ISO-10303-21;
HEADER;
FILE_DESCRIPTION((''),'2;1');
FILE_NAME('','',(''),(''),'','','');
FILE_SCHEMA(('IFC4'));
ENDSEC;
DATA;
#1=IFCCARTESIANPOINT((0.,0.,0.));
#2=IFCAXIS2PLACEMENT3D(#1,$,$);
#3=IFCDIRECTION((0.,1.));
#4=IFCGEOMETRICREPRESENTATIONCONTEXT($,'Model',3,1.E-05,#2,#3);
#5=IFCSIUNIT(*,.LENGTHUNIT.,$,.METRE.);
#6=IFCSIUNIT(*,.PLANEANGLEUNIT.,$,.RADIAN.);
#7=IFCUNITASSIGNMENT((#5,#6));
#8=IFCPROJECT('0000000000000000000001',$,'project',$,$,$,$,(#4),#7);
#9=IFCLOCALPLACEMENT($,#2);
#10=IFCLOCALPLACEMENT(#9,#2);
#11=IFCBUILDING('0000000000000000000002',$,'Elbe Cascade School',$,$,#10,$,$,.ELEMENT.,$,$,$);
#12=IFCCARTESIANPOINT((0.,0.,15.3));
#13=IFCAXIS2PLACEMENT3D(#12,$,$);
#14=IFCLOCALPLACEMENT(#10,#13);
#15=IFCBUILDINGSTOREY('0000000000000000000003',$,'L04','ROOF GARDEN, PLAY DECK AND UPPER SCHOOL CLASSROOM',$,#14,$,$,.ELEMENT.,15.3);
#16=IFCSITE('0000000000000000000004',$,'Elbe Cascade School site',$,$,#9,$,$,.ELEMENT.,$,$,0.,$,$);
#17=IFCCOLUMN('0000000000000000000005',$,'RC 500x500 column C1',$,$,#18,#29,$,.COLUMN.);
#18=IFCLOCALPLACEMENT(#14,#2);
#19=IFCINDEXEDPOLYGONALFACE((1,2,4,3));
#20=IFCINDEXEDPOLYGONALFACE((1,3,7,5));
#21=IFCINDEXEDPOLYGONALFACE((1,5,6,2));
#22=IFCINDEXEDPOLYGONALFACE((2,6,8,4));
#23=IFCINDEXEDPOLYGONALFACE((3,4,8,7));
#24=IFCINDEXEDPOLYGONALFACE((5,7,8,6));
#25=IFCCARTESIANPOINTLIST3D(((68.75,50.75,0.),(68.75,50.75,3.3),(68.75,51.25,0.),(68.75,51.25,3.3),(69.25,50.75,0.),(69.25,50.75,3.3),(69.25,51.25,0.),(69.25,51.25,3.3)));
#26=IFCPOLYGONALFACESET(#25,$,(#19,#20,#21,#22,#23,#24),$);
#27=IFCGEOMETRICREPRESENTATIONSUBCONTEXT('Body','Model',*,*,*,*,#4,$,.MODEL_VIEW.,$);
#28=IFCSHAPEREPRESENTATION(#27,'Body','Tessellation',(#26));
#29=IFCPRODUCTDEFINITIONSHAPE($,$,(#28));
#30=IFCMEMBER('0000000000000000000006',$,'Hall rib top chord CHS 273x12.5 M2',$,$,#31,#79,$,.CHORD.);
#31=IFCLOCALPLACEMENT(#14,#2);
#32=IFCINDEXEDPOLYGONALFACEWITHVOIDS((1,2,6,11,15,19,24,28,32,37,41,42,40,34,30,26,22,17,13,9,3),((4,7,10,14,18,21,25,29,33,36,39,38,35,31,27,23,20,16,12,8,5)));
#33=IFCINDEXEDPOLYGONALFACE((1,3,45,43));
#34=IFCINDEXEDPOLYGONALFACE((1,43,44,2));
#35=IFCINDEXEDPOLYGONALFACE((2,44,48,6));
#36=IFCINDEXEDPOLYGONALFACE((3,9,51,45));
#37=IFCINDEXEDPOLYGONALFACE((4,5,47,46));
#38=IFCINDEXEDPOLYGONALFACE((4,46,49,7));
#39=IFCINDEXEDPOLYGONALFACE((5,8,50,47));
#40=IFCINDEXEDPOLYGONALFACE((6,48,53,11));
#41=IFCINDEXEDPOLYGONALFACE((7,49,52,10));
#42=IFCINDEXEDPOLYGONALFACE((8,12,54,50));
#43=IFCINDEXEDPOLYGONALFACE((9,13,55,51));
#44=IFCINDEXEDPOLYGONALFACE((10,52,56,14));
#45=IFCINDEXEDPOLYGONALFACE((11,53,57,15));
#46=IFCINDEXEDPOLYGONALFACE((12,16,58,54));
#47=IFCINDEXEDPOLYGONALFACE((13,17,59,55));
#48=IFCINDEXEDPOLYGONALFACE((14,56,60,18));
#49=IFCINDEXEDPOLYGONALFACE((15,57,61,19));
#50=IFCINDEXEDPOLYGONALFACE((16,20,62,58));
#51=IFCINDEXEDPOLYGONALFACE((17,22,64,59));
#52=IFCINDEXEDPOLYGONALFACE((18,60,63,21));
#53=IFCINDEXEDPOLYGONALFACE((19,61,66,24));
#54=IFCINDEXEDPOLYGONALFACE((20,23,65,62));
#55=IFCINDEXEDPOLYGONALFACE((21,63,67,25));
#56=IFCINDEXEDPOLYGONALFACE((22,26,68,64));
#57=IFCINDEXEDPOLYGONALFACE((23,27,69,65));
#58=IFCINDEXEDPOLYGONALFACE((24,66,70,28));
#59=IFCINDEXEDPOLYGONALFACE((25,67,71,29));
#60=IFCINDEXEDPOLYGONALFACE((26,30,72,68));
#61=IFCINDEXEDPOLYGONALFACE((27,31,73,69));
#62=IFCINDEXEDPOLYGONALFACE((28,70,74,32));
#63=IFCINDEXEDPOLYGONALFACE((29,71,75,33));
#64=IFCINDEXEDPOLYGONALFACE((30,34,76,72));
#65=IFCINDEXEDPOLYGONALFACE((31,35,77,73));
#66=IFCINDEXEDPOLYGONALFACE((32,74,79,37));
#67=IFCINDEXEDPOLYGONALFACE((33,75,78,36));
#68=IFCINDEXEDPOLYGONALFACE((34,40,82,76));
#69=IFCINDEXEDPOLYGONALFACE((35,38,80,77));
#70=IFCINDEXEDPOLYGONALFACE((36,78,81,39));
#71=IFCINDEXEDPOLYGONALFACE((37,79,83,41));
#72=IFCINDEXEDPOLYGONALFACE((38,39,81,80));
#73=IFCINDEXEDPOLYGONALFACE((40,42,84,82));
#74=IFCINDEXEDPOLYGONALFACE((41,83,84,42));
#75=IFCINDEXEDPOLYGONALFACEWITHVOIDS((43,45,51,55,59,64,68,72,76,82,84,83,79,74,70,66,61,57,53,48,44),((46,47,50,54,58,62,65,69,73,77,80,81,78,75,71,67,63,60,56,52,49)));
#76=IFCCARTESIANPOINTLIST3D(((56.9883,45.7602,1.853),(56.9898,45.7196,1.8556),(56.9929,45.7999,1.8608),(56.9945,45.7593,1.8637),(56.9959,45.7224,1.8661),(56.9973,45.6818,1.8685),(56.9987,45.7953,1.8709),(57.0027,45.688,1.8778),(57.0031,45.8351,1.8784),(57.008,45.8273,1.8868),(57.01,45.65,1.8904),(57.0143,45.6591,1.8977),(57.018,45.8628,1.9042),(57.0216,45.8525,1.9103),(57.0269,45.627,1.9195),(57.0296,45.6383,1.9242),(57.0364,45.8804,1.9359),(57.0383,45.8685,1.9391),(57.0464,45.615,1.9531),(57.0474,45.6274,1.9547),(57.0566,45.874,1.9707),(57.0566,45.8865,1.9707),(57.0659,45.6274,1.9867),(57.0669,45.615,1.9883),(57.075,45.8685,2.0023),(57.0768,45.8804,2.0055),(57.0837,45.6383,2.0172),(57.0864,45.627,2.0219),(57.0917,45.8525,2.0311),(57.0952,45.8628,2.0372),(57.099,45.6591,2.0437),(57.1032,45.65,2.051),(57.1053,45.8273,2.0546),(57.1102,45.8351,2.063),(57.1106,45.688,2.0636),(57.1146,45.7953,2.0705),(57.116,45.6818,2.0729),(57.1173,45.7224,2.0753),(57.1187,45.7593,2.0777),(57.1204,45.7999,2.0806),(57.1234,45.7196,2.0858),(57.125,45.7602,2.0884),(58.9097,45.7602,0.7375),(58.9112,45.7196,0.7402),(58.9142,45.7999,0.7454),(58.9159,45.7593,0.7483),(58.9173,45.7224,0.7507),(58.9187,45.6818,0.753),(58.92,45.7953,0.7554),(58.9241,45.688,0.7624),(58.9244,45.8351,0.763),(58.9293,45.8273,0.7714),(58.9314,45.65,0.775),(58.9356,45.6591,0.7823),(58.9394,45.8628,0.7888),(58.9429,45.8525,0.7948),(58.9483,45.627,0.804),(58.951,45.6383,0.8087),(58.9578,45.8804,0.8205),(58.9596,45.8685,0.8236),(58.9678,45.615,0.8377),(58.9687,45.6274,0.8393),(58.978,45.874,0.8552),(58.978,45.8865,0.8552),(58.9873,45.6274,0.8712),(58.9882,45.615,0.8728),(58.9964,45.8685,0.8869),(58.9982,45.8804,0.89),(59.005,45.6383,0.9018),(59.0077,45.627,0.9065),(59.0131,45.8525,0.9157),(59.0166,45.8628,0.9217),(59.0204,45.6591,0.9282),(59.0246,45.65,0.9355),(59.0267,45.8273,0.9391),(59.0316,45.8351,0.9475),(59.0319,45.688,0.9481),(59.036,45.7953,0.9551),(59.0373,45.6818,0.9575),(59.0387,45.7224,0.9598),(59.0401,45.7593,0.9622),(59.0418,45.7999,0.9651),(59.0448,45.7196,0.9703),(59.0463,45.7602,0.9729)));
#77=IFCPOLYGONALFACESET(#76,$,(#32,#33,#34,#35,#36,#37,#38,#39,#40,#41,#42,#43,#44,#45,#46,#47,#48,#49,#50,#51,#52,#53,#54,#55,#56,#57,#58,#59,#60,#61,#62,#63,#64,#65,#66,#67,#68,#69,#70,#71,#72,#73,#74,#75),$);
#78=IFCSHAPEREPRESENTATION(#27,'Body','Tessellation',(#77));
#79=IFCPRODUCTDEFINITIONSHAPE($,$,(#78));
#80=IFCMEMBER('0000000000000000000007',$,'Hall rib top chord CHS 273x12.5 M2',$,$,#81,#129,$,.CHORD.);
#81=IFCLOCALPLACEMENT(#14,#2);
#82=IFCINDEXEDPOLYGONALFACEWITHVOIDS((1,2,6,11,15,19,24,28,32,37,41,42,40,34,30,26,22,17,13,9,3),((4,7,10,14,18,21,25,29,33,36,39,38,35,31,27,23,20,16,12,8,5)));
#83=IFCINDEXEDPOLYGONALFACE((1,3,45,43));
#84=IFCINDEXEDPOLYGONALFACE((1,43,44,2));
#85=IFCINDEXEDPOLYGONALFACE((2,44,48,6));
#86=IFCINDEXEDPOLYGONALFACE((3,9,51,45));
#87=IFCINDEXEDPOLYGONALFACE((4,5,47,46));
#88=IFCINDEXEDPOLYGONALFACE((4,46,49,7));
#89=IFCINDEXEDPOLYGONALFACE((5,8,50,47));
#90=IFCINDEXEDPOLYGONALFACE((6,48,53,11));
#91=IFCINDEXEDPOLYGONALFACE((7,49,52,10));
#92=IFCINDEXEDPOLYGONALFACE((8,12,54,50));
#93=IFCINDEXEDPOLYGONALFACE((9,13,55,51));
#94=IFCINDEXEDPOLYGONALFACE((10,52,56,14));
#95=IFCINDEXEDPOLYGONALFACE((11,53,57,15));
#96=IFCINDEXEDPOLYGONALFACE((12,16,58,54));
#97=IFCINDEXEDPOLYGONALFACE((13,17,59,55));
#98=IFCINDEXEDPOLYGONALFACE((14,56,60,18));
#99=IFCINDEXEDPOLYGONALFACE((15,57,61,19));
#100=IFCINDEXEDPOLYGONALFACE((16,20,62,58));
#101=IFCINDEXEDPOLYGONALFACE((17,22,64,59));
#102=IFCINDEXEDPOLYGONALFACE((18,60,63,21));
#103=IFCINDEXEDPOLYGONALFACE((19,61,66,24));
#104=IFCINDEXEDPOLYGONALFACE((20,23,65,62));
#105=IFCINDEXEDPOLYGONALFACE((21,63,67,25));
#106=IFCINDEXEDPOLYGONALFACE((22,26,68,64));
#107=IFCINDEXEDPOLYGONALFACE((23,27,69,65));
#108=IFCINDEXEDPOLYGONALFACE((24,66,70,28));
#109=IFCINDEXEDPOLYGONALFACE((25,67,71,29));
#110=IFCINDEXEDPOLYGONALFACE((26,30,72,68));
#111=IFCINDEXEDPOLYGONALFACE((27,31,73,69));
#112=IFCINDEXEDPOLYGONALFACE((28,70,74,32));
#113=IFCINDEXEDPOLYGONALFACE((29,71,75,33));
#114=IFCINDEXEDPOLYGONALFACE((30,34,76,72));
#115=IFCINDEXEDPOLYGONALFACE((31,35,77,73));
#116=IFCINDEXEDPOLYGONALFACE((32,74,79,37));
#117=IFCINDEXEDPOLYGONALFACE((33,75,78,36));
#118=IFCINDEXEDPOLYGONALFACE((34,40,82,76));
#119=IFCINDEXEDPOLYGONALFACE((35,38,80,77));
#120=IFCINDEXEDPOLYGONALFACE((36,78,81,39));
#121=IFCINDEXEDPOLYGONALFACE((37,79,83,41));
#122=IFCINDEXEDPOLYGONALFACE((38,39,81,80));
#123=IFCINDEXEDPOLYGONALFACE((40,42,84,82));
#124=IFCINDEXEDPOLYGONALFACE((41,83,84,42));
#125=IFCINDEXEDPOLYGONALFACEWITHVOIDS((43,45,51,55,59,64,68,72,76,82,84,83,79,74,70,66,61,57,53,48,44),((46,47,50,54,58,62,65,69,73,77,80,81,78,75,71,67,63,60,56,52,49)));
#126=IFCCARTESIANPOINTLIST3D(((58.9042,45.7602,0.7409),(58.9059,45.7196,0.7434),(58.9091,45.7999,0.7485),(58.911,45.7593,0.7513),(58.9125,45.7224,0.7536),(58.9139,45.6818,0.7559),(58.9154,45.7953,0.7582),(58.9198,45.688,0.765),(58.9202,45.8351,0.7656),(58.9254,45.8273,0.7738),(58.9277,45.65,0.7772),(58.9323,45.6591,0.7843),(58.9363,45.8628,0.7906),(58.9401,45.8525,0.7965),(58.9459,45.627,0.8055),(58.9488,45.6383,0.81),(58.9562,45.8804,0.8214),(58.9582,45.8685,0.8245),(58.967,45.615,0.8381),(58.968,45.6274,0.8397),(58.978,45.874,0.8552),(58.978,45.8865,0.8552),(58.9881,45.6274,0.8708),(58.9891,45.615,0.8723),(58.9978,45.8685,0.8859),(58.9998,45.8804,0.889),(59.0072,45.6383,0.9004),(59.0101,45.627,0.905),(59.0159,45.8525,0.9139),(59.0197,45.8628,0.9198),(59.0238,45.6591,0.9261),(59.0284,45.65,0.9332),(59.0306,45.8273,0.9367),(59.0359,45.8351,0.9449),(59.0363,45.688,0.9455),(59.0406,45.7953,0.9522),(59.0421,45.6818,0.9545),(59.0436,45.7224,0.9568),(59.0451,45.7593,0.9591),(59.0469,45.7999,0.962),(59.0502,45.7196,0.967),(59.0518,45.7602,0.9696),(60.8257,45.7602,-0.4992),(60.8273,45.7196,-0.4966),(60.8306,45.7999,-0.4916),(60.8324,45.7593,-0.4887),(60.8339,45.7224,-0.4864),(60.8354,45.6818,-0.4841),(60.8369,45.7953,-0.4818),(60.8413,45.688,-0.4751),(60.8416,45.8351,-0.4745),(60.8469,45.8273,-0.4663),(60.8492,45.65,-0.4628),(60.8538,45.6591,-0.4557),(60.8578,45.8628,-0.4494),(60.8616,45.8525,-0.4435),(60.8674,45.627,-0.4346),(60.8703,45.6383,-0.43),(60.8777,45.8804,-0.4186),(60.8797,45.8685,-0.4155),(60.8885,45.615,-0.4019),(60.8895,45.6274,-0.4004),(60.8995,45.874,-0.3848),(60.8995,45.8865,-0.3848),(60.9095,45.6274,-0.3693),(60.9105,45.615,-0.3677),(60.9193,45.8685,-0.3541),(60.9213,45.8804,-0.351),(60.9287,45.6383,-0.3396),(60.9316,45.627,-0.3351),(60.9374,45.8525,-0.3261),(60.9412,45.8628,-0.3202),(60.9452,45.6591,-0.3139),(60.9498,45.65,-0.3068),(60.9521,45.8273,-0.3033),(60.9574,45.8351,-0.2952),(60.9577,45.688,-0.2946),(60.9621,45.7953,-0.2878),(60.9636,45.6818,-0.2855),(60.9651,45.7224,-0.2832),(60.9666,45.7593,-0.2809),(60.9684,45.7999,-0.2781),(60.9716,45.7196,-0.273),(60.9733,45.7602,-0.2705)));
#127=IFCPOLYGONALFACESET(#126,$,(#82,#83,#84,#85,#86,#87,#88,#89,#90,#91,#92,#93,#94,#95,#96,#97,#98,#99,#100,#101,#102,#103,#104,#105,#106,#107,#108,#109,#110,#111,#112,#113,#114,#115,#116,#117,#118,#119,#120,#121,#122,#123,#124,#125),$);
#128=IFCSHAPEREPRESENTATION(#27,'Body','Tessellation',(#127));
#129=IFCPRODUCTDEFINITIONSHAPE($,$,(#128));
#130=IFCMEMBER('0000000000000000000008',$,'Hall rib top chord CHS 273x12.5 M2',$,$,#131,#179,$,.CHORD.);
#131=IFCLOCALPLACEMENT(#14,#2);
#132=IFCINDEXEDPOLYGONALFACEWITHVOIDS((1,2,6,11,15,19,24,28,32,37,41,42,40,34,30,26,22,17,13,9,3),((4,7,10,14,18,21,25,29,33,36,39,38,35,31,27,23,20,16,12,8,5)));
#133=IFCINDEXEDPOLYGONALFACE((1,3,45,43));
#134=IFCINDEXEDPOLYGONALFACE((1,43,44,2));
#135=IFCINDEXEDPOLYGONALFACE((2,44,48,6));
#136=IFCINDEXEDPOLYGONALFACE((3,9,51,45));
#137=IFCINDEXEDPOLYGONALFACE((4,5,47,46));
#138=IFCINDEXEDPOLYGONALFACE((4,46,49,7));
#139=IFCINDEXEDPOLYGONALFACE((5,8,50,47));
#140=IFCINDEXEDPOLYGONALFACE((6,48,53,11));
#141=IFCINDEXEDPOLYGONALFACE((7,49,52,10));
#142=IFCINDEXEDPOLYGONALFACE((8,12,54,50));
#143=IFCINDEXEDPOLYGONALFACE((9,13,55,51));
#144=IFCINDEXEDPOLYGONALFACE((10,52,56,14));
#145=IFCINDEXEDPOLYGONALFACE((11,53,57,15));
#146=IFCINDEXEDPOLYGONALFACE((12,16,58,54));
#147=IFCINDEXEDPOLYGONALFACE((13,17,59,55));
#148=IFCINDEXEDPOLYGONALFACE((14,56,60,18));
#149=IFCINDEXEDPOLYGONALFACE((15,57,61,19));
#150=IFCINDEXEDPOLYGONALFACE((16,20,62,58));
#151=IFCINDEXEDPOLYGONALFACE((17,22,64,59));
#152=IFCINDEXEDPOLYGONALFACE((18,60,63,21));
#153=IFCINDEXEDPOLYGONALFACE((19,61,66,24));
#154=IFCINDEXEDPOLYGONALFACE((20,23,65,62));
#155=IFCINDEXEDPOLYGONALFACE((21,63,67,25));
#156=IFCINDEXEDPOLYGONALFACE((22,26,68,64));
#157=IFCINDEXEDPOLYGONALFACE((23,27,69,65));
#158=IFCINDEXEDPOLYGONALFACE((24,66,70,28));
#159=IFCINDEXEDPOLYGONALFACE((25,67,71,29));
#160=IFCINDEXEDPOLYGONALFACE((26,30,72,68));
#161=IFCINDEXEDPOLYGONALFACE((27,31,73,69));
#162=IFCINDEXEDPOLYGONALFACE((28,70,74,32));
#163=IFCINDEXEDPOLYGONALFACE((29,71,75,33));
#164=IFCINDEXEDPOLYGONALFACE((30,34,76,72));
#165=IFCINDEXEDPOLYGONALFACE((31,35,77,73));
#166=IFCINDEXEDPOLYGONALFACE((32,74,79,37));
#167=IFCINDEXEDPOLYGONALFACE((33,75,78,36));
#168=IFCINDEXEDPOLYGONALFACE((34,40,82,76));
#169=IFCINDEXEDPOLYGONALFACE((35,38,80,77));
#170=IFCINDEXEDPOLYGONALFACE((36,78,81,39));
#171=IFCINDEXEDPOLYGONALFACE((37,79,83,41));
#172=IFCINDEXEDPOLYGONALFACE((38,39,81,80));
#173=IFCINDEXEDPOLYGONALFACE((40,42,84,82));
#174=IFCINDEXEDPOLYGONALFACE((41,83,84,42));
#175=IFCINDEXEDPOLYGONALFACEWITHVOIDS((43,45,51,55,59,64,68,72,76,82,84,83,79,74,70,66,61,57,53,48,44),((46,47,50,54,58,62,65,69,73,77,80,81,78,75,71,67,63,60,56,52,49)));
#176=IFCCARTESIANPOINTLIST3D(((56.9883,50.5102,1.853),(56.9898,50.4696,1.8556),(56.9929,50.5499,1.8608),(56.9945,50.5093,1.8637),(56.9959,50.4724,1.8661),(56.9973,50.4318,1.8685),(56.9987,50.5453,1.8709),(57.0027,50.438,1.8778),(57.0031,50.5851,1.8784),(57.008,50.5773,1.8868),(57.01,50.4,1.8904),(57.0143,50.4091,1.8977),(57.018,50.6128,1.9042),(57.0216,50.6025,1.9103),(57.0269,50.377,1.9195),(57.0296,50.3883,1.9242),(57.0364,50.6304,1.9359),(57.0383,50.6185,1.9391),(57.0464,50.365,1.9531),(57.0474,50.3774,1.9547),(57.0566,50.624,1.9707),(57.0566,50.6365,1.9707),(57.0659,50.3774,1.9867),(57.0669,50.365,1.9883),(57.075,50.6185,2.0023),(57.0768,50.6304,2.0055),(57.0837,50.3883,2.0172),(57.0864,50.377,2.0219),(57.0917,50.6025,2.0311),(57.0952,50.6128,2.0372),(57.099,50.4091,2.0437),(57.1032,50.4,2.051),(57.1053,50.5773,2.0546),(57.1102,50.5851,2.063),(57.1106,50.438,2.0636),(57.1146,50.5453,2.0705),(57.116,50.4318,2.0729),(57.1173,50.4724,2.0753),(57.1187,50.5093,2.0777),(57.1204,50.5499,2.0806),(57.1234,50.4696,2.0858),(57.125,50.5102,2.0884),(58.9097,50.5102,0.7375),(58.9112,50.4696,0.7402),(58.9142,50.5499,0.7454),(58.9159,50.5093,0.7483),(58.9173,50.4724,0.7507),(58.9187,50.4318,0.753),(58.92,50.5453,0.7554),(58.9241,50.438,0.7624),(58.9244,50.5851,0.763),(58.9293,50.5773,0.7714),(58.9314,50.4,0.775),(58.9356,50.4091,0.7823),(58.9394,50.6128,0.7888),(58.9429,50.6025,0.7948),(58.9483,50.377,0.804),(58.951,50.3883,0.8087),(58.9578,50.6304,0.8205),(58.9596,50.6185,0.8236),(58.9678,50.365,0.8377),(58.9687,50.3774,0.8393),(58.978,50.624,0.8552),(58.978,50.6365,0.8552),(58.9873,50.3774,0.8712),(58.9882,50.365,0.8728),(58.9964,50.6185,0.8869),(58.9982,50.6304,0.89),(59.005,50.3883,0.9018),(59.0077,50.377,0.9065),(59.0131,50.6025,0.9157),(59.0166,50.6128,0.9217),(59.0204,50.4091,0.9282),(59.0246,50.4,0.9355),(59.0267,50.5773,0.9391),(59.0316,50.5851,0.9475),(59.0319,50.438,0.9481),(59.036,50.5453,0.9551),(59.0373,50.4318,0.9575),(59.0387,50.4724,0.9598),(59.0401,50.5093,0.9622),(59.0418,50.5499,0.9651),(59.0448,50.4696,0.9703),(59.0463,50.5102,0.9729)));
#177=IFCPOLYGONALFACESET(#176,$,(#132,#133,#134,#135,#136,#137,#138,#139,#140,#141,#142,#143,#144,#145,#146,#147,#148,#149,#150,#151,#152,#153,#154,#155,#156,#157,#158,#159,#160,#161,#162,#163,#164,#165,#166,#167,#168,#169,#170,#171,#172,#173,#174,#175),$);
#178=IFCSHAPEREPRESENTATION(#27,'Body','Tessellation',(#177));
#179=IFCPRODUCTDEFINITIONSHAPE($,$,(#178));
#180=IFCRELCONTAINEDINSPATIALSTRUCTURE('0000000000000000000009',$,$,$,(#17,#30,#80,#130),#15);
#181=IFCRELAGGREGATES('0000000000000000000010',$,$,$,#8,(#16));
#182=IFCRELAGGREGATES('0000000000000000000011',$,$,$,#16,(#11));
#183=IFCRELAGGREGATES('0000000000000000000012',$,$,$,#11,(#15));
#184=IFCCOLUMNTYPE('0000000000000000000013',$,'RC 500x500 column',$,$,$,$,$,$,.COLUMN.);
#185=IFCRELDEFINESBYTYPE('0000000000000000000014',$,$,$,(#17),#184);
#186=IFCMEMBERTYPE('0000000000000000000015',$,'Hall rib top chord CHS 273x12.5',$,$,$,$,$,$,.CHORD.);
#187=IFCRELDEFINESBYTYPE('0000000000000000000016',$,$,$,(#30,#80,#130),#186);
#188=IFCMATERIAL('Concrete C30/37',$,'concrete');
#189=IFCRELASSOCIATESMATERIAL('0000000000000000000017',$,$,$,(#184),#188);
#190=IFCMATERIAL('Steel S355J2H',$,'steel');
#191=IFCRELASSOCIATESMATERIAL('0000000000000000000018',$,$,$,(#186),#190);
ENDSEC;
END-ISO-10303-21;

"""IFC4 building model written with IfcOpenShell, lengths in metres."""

from ifc_helpers import new_model, si_unit, direction, frame, origin, origin_2d, place, context, subcontext, project, spatial, rectangle, hollow_circle, extrude, material, material_profile, profile_set, type_object, element, save


model = new_model("IFC4")

# Units and contexts
model_context = context("Model", 3, precision=1e-05, world=origin(), true_north=direction((0.0, 1.0)))
body_context = subcontext(model_context, "Body", "Model", "MODEL_VIEW")
ifc_project = project(units=[si_unit("LENGTHUNIT", "METRE"), si_unit("PLANEANGLEUNIT", "RADIAN")], contexts=[model_context])

# Site, building, storey
site_placement = place(None, origin())
site = spatial("IfcSite", under=ifc_project, at=site_placement, Name="Elbe Cascade School site", CompositionType="ELEMENT", RefElevation=0.0)
building_placement = place(site_placement, origin())
building = spatial("IfcBuilding", under=site, at=building_placement, Name="Elbe Cascade School", CompositionType="ELEMENT")
storey_placement = place(building_placement, frame((0.0, 0.0, 15.3)))
storey = spatial("IfcBuildingStorey", under=building, at=storey_placement, Name="L04", Description="ROOF GARDEN, PLAY DECK AND UPPER SCHOOL CLASSROOM", CompositionType="ELEMENT", Elevation=15.3)

# Column
ifc_material_1 = material(Name="Concrete C30/37", Category="concrete")
ifc_material_profile_1 = material_profile(ifc_material_1, rectangle(XDim=0.5, YDim=0.5, at=origin_2d()), Name="RC 500x500")
ifc_profile_set_1 = profile_set([ifc_material_profile_1], Name="Concrete C30/37")
column_type = type_object("IfcColumnType", Name="RC 500x500 column", PredefinedType="COLUMN", material=ifc_profile_set_1)
column_placement = place(storey_placement, frame((69.0, 51.0, 0.0), z_axis=(0.0, 0.0, 1.0), x_axis=(1.0, 0.0, 0.0)))
element("IfcColumn", 1, at=column_placement, inside=storey, type_object=column_type, Name="RC 500x500 column C1", PredefinedType="COLUMN", context=body_context, shape_type="SweptSolid", body=[
    extrude(rectangle(XDim=0.5, YDim=0.5, at=origin_2d()), origin(), (0.0, 0.0, 1.0), 3.3),
])

# Members
ifc_material_2 = material(Name="Steel S355J2H", Category="steel")
ifc_material_profile_2 = material_profile(ifc_material_2, hollow_circle(Radius=0.1365, WallThickness=0.0125, at=origin_2d()), Name="CHS 273x12.5")
ifc_profile_set_2 = profile_set([ifc_material_profile_2], Name="Steel S355J2H")
member_type_1 = type_object("IfcMemberType", Name="Hall rib top chord CHS 273x12.5", PredefinedType="CHORD", material=ifc_profile_set_2)
member_1_placement = place(storey_placement, frame((57.0566, 45.75, 1.9707), z_axis=(0.864821, 0.0, -0.50208), x_axis=(0.0, 1.0, 0.0)))
element("IfcMember", 2, at=member_1_placement, inside=storey, type_object=member_type_1, Name="Hall rib top chord CHS 273x12.5 M2", PredefinedType="CHORD", context=body_context, shape_type="SweptSolid", body=[
    extrude(hollow_circle(Radius=0.1365, WallThickness=0.0125, at=origin_2d()), origin(), (0.0, 0.0, 1.0), 2.2217),
])
member_2_placement = place(storey_placement, frame((58.978, 45.75, 0.8552), z_axis=(0.84022, 0.0, -0.542246), x_axis=(0.0, 1.0, 0.0)))
element("IfcMember", 3, at=member_2_placement, inside=storey, type_object=member_type_1, Name="Hall rib top chord CHS 273x12.5 M2", PredefinedType="CHORD", context=body_context, shape_type="SweptSolid", body=[
    extrude(hollow_circle(Radius=0.1365, WallThickness=0.0125, at=origin_2d()), origin(), (0.0, 0.0, 1.0), 2.2869),
])
member_3_placement = place(storey_placement, frame((57.0566, 50.5, 1.9707), z_axis=(0.864821, 0.0, -0.50208), x_axis=(0.0, 1.0, 0.0)))
element("IfcMember", 4, at=member_3_placement, inside=storey, type_object=member_type_1, Name="Hall rib top chord CHS 273x12.5 M2", PredefinedType="CHORD", context=body_context, shape_type="SweptSolid", body=[
    extrude(hollow_circle(Radius=0.1365, WallThickness=0.0125, at=origin_2d()), origin(), (0.0, 0.0, 1.0), 2.2217),
])

save(model, "model.ifc")
